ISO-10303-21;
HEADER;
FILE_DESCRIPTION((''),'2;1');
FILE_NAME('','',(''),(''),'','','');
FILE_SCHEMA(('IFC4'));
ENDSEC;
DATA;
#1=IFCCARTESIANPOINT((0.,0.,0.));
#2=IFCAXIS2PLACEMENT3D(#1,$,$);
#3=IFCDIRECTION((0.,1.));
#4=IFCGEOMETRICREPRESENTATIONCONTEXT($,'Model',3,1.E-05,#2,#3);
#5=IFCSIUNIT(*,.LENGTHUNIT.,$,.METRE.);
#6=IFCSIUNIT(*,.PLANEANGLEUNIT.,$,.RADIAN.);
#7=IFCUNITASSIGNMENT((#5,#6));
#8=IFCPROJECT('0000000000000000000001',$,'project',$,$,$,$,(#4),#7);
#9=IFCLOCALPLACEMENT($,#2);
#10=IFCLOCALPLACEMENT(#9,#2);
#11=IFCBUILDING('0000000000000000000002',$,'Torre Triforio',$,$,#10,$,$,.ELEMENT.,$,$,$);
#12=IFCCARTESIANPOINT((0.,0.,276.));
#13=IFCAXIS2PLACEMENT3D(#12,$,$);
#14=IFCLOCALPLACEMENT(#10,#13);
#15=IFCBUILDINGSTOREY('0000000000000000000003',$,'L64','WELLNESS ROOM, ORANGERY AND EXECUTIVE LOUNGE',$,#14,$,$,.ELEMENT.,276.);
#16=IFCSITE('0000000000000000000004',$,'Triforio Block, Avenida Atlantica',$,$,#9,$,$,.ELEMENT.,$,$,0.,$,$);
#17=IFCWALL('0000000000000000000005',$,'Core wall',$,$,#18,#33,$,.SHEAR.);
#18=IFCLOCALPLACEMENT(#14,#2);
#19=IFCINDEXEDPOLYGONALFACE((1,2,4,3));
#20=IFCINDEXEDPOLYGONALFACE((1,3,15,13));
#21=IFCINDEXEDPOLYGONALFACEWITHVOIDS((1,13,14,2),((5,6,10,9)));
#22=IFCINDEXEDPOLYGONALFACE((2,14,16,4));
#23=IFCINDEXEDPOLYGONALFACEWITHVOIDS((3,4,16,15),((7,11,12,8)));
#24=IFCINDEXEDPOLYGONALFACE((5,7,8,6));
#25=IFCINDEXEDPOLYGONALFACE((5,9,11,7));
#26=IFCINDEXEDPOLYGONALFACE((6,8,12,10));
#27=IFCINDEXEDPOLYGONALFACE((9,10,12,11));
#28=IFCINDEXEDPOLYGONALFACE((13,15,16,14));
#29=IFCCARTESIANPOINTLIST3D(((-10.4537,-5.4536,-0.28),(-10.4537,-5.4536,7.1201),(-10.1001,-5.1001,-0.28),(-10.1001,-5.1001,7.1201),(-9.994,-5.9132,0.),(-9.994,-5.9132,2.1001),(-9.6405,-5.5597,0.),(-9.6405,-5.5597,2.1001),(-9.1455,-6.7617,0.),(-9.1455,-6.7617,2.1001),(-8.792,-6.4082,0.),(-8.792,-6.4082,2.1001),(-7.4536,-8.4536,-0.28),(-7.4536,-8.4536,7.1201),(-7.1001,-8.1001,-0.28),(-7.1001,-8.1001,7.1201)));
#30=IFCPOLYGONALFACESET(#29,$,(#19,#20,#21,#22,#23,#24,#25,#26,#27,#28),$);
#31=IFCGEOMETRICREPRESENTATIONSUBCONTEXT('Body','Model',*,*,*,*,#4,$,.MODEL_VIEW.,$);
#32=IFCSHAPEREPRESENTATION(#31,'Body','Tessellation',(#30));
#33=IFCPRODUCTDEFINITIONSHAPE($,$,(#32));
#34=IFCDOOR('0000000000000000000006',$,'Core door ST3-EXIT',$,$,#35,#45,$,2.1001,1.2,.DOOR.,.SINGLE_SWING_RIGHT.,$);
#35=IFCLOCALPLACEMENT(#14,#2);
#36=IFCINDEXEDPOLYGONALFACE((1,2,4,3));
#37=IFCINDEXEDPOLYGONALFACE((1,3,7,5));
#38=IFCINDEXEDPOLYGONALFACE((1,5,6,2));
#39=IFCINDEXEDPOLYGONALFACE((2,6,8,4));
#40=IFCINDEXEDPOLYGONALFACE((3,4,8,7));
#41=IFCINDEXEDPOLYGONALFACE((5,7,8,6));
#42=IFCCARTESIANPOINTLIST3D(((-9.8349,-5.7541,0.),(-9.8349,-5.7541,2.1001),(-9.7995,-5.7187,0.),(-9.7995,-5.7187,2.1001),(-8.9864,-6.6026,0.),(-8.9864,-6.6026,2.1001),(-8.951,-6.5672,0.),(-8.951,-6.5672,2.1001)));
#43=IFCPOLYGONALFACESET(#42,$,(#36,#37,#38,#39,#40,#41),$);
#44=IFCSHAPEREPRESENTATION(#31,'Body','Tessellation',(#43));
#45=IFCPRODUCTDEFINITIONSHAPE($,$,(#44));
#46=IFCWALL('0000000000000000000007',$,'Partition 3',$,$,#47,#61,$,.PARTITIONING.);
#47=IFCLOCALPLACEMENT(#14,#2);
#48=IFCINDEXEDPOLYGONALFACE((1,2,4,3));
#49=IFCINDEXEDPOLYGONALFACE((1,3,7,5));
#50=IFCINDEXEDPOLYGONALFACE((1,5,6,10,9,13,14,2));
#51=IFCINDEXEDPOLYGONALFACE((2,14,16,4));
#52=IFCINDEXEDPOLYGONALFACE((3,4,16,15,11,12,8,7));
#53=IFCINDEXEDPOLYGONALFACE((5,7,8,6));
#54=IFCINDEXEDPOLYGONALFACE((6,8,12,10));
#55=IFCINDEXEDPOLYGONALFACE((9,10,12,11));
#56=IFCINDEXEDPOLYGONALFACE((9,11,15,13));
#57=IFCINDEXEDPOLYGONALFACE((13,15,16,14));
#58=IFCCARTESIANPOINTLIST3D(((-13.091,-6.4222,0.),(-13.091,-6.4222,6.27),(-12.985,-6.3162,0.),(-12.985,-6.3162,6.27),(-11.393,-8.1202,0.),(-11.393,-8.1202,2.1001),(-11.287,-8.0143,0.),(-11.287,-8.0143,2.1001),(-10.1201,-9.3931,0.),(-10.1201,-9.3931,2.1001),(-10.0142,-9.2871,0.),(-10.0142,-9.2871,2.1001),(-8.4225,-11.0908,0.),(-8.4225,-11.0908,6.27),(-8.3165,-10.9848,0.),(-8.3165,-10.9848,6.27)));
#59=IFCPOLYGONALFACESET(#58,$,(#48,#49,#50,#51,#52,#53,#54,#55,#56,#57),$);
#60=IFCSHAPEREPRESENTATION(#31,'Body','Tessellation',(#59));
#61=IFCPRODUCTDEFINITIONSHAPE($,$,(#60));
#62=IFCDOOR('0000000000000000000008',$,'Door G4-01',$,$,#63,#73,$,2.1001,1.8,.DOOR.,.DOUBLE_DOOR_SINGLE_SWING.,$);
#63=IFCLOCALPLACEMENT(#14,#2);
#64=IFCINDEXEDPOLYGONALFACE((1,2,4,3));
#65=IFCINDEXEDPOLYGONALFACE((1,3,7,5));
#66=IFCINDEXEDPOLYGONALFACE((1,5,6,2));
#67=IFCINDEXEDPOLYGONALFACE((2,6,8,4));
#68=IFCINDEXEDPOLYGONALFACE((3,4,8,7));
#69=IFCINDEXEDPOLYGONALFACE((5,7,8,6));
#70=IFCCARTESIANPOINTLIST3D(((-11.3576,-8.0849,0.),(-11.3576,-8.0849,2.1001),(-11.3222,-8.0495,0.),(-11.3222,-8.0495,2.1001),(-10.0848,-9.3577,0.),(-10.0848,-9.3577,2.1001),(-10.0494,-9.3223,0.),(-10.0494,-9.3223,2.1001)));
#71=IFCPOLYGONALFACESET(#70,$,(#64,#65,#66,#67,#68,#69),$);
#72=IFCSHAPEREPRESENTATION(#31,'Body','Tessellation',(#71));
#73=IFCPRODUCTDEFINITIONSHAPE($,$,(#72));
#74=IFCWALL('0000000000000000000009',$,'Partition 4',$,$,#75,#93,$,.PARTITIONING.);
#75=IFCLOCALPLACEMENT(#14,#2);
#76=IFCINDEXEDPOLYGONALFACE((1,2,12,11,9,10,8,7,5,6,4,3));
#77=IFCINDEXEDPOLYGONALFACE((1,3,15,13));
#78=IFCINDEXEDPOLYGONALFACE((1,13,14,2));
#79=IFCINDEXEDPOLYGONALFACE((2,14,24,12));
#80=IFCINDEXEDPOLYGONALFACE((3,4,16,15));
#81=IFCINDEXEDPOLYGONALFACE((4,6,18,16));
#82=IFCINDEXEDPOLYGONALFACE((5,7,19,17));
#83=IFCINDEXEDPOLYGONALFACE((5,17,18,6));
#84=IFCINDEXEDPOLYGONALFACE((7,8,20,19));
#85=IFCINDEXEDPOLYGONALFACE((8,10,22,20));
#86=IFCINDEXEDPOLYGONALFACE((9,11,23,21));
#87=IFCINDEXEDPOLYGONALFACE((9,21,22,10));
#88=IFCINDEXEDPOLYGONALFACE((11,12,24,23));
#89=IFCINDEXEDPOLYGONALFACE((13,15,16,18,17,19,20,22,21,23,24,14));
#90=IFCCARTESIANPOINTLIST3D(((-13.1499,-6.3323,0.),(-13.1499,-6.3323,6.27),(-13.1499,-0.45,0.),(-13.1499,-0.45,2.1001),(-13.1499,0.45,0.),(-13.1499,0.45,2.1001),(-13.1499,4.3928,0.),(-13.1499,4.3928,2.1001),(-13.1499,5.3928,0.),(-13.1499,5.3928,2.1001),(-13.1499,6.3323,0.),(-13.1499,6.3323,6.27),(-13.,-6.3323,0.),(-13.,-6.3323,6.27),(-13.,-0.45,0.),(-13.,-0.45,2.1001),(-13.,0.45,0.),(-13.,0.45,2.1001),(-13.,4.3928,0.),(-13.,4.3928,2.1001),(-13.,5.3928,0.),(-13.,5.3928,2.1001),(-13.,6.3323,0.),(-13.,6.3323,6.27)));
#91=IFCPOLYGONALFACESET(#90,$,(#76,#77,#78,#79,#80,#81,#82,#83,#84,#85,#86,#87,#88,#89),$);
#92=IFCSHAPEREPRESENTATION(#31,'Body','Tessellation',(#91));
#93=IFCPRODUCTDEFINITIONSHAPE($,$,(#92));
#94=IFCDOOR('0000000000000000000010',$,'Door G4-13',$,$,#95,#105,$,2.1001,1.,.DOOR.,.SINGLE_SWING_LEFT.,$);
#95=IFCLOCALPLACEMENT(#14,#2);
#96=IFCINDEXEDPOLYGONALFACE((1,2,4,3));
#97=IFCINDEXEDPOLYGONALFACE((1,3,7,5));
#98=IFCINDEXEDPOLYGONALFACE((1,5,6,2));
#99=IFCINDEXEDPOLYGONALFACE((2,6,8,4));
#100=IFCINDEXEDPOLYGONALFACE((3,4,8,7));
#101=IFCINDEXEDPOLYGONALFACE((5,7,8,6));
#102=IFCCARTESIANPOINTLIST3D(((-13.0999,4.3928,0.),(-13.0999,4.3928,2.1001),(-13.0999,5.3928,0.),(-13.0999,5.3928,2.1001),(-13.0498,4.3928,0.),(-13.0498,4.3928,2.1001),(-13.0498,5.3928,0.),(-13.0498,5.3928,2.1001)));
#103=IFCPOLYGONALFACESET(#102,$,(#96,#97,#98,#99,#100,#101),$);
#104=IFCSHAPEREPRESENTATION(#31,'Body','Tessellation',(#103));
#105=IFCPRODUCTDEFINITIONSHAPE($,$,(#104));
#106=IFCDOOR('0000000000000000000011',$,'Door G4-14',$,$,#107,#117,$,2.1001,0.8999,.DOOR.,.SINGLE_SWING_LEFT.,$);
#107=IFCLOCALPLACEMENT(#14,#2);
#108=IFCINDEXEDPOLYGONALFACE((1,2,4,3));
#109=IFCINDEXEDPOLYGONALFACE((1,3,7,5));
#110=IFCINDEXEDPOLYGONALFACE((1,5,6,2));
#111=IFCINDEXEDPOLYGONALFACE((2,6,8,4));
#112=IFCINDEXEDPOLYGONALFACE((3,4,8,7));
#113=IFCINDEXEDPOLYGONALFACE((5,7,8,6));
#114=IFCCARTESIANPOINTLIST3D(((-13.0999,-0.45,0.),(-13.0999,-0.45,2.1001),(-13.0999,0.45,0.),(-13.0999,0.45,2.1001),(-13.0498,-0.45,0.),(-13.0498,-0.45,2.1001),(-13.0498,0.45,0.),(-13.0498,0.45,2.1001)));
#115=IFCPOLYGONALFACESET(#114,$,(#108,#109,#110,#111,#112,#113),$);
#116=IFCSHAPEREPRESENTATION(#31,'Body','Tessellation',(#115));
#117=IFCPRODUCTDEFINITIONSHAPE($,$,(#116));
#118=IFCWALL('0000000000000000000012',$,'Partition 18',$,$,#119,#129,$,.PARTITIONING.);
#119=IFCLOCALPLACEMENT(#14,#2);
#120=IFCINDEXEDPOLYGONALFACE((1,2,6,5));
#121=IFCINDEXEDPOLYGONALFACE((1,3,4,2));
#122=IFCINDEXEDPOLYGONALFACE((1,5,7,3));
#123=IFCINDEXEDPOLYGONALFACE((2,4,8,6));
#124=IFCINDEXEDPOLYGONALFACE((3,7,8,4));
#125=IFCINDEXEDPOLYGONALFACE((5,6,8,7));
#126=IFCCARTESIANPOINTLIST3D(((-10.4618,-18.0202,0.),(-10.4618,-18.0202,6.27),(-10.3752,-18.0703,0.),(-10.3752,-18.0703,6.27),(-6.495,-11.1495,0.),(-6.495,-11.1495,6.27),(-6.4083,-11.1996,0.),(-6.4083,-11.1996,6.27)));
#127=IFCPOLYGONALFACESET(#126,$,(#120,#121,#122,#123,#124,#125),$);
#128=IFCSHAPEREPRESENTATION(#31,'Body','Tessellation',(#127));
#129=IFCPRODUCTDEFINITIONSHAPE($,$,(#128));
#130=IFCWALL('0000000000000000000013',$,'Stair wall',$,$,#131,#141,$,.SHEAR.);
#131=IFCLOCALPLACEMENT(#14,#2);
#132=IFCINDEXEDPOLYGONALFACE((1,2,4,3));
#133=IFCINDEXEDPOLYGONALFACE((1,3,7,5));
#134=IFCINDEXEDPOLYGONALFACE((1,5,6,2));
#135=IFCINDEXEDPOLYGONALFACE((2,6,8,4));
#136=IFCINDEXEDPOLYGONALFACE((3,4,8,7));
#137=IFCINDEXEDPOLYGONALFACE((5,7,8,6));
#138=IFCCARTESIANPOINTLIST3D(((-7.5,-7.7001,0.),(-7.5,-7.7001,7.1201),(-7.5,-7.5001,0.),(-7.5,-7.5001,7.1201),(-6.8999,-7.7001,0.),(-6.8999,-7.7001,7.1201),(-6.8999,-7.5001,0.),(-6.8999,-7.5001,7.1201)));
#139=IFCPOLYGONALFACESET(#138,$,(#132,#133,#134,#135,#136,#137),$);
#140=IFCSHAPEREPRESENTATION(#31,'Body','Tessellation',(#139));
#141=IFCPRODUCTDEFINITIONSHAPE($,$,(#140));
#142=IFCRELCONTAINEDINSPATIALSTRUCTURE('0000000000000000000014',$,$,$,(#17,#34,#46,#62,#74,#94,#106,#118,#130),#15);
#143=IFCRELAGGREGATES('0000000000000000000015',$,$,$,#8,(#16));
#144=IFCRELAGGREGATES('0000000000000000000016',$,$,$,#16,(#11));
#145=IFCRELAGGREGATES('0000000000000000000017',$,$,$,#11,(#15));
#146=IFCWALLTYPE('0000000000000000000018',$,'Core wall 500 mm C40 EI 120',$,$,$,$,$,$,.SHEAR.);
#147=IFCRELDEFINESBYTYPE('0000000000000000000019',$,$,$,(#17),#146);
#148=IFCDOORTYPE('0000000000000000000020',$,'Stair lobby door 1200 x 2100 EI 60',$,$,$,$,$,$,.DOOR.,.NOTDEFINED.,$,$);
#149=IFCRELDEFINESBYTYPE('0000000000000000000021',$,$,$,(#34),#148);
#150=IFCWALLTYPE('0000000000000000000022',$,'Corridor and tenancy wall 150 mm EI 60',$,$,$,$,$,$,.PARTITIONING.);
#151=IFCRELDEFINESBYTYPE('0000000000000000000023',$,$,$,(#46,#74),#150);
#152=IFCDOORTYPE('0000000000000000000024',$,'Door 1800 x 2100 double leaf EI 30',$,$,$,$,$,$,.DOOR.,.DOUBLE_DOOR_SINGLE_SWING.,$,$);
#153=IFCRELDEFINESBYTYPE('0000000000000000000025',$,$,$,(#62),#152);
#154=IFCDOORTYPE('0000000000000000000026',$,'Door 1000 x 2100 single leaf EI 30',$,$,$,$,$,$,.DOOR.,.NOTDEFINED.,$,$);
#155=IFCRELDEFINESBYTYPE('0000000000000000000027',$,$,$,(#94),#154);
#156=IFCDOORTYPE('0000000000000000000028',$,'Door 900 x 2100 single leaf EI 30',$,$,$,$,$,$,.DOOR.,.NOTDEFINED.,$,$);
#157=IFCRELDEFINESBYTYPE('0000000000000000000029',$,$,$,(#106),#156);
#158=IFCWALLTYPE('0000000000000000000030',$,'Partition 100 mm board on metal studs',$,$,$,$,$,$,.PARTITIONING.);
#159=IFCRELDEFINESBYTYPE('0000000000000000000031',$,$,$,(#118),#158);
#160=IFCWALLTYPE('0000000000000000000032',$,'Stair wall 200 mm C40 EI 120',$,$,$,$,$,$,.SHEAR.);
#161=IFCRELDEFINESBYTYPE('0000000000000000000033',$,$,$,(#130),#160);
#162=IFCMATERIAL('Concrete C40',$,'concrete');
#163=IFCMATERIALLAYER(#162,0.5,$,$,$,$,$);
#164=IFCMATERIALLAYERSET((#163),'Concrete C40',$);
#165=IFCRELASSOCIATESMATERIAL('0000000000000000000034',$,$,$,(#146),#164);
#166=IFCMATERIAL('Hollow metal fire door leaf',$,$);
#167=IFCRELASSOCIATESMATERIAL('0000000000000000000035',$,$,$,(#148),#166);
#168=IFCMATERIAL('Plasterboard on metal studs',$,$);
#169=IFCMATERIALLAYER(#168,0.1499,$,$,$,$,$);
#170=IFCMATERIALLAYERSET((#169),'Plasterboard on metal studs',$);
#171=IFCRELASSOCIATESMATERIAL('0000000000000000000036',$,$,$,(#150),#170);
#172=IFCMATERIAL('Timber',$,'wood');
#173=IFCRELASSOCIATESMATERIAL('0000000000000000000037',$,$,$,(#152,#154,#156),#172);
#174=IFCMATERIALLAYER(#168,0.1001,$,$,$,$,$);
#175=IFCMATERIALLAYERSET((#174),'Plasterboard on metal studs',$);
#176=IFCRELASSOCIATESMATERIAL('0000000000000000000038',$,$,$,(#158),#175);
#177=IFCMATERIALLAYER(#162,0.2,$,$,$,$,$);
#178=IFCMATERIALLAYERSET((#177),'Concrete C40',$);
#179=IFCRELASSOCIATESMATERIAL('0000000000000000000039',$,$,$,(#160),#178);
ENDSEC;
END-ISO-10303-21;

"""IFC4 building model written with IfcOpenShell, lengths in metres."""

from ifc_helpers import new_model, si_unit, direction, frame, frame_2d, origin, place, context, subcontext, project, spatial, rectangle, extrude, material, layer, layer_set, type_object, element, fill, save


model = new_model("IFC4")

# Units and contexts
model_context = context("Model", 3, precision=1e-05, world=origin(), true_north=direction((0.0, 1.0)))
body_context = subcontext(model_context, "Body", "Model", "MODEL_VIEW")
ifc_project = project(units=[si_unit("LENGTHUNIT", "METRE"), si_unit("PLANEANGLEUNIT", "RADIAN")], contexts=[model_context])

# Site, building, storey
site_placement = place(None, origin())
site = spatial("IfcSite", under=ifc_project, at=site_placement, Name="Triforio Block, Avenida Atlantica", CompositionType="ELEMENT", RefElevation=0.0)
building_placement = place(site_placement, origin())
building = spatial("IfcBuilding", under=site, at=building_placement, Name="Torre Triforio", CompositionType="ELEMENT")
storey_placement = place(building_placement, frame((0.0, 0.0, 276.0)))
storey = spatial("IfcBuildingStorey", under=building, at=storey_placement, Name="L64", Description="WELLNESS ROOM, ORANGERY AND EXECUTIVE LOUNGE", CompositionType="ELEMENT", Elevation=276.0)

# Shared definitions
ifc_material_1 = material(Name="Concrete C40", Category="concrete")

# Shared definitions
ifc_layer_1 = layer(ifc_material_1, 0.5)
ifc_layer_set_1 = layer_set([ifc_layer_1], Name="Concrete C40")
wall_type_1 = type_object("IfcWallType", Name="Core wall 500 mm C40 EI 120", PredefinedType="SHEAR", material=ifc_layer_set_1)
ifc_material_2 = material(Name="Hollow metal fire door leaf")

# Walls, openings, doors
wall_1_placement = place(storey_placement, frame((-7.2769, -8.2769, -0.28), z_axis=(0.0, 0.0, 1.0), x_axis=(-0.707107, 0.707107, 0.0)))
wall_1 = element("IfcWall", 1, at=wall_1_placement, inside=storey, type_object=wall_type_1, Name="Core wall", PredefinedType="SHEAR", context=body_context, shape_type="SweptSolid", body=[
    extrude(rectangle(XDim=4.2427, YDim=0.5, at=frame_2d((2.1213, 0.0))), origin(), (0.0, 0.0, 1.0), 7.4001),
])
opening_1_placement = place(wall_1_placement, frame((2.3926, 0.0, 0.28)))
opening_1 = element("IfcOpeningElement", 2, at=opening_1_placement, cuts=wall_1, PredefinedType="OPENING", context=body_context, shape_type="SweptSolid", body=[
    extrude(rectangle(XDim=1.2, YDim=2.1001, at=frame_2d((0.6001, 1.05))), frame((0.0, 0.26, 0.0), z_axis=(0.0, -1.0, 0.0), x_axis=(1.0, 0.0, 0.0)), (0.0, 0.0, 1.0), 0.52),
])
door_type_1 = type_object("IfcDoorType", Name="Stair lobby door 1200 x 2100 EI 60", OperationType="NOTDEFINED", PredefinedType="DOOR", material=ifc_material_2)
door_1_placement = place(opening_1_placement, origin())
door_1 = element("IfcDoor", 3, at=door_1_placement, inside=storey, type_object=door_type_1, Name="Core door ST3-EXIT", OperationType="SINGLE_SWING_RIGHT", OverallHeight=2.1001, OverallWidth=1.2, PredefinedType="DOOR", context=body_context, shape_type="SweptSolid", body=[
    extrude(rectangle(XDim=1.2, YDim=2.1001, at=frame_2d((0.6001, 1.05))), frame((0.0, 0.0249, 0.0), z_axis=(0.0, -1.0, 0.0), x_axis=(1.0, 0.0, 0.0)), (0.0, 0.0, 1.0), 0.05),
])
fill(opening_1, door_1)
ifc_material_3 = material(Name="Plasterboard on metal studs")
ifc_layer_2 = layer(ifc_material_3, 0.1499)
ifc_layer_set_2 = layer_set([ifc_layer_2], Name="Plasterboard on metal studs")
wall_type_2 = type_object("IfcWallType", Name="Corridor and tenancy wall 150 mm EI 60", PredefinedType="PARTITIONING", material=ifc_layer_set_2)
wall_2_placement = place(storey_placement, frame((-8.3694, -11.0378, 0.0), z_axis=(0.0, 0.0, 1.0), x_axis=(-0.707107, 0.707107, 0.0)))
wall_2 = element("IfcWall", 4, at=wall_2_placement, inside=storey, type_object=wall_type_2, Name="Partition 3", PredefinedType="PARTITIONING", context=body_context, shape_type="SweptSolid", body=[
    extrude(rectangle(XDim=6.6023, YDim=0.1499, at=frame_2d((3.3013, 0.0))), origin(), (0.0, 0.0, 1.0), 6.27),
])
opening_2_placement = place(wall_2_placement, frame((2.4011, 0.0, 0.0)))
opening_2 = element("IfcOpeningElement", 5, at=opening_2_placement, cuts=wall_2, PredefinedType="OPENING", context=body_context, shape_type="SweptSolid", body=[
    extrude(rectangle(XDim=1.8, YDim=2.1001, at=frame_2d((0.8999, 1.05))), frame((0.0, 0.085, 0.0), z_axis=(0.0, -1.0, 0.0), x_axis=(1.0, 0.0, 0.0)), (0.0, 0.0, 1.0), 0.1699),
])
ifc_material_4 = material(Name="Timber", Category="wood")
door_type_2 = type_object("IfcDoorType", Name="Door 1800 x 2100 double leaf EI 30", OperationType="DOUBLE_DOOR_SINGLE_SWING", PredefinedType="DOOR", material=ifc_material_4)
door_2_placement = place(opening_2_placement, origin())
door_2 = element("IfcDoor", 6, at=door_2_placement, inside=storey, type_object=door_type_2, Name="Door G4-01", OperationType="DOUBLE_DOOR_SINGLE_SWING", OverallHeight=2.1001, OverallWidth=1.8, PredefinedType="DOOR", context=body_context, shape_type="SweptSolid", body=[
    extrude(rectangle(XDim=1.8, YDim=2.1001, at=frame_2d((0.8999, 1.05))), frame((0.0, 0.0249, 0.0), z_axis=(0.0, -1.0, 0.0), x_axis=(1.0, 0.0, 0.0)), (0.0, 0.0, 1.0), 0.05),
])
fill(opening_2, door_2)

# Wall, openings, doors
wall_3_placement = place(storey_placement, frame((-13.075, -6.3323, 0.0), z_axis=(0.0, 0.0, 1.0), x_axis=(0.0, 1.0, 0.0)))
wall_3 = element("IfcWall", 7, at=wall_3_placement, inside=storey, type_object=wall_type_2, Name="Partition 4", PredefinedType="PARTITIONING", context=body_context, shape_type="SweptSolid", body=[
    extrude(rectangle(XDim=12.6646, YDim=0.1499, at=frame_2d((6.3323, 0.0))), origin(), (0.0, 0.0, 1.0), 6.27),
])
opening_3_placement = place(wall_3_placement, frame((10.7251, 0.0, 0.0)))
opening_3 = element("IfcOpeningElement", 8, at=opening_3_placement, cuts=wall_3, PredefinedType="OPENING", context=body_context, shape_type="SweptSolid", body=[
    extrude(rectangle(XDim=1.0, YDim=2.1001, at=frame_2d((0.5, 1.05))), frame((0.0, 0.085, 0.0), z_axis=(0.0, -1.0, 0.0), x_axis=(1.0, 0.0, 0.0)), (0.0, 0.0, 1.0), 0.1699),
])
opening_4_placement = place(wall_3_placement, frame((5.8823, 0.0, 0.0)))
opening_4 = element("IfcOpeningElement", 9, at=opening_4_placement, cuts=wall_3, PredefinedType="OPENING", context=body_context, shape_type="SweptSolid", body=[
    extrude(rectangle(XDim=0.8999, YDim=2.1001, at=frame_2d((0.45, 1.05))), frame((0.0, 0.085, 0.0), z_axis=(0.0, -1.0, 0.0), x_axis=(1.0, 0.0, 0.0)), (0.0, 0.0, 1.0), 0.1699),
])
door_type_3 = type_object("IfcDoorType", Name="Door 1000 x 2100 single leaf EI 30", OperationType="NOTDEFINED", PredefinedType="DOOR", material=ifc_material_4)
door_3_placement = place(opening_3_placement, origin())
door_3 = element("IfcDoor", 10, at=door_3_placement, inside=storey, type_object=door_type_3, Name="Door G4-13", OperationType="SINGLE_SWING_LEFT", OverallHeight=2.1001, OverallWidth=1.0, PredefinedType="DOOR", context=body_context, shape_type="SweptSolid", body=[
    extrude(rectangle(XDim=1.0, YDim=2.1001, at=frame_2d((0.5, 1.05))), frame((0.0, 0.0249, 0.0), z_axis=(0.0, -1.0, 0.0), x_axis=(1.0, 0.0, 0.0)), (0.0, 0.0, 1.0), 0.05),
])
fill(opening_3, door_3)
door_type_4 = type_object("IfcDoorType", Name="Door 900 x 2100 single leaf EI 30", OperationType="NOTDEFINED", PredefinedType="DOOR", material=ifc_material_4)
door_4_placement = place(opening_4_placement, origin())
door_4 = element("IfcDoor", 11, at=door_4_placement, inside=storey, type_object=door_type_4, Name="Door G4-14", OperationType="SINGLE_SWING_LEFT", OverallHeight=2.1001, OverallWidth=0.8999, PredefinedType="DOOR", context=body_context, shape_type="SweptSolid", body=[
    extrude(rectangle(XDim=0.8999, YDim=2.1001, at=frame_2d((0.45, 1.05))), frame((0.0, 0.0249, 0.0), z_axis=(0.0, -1.0, 0.0), x_axis=(1.0, 0.0, 0.0)), (0.0, 0.0, 1.0), 0.05),
])
fill(opening_4, door_4)

# Walls
ifc_layer_3 = layer(ifc_material_3, 0.1001)
ifc_layer_set_3 = layer_set([ifc_layer_3], Name="Plasterboard on metal studs")
wall_type_3 = type_object("IfcWallType", Name="Partition 100 mm board on metal studs", PredefinedType="PARTITIONING", material=ifc_layer_set_3)
wall_4_placement = place(storey_placement, frame((-6.4517, -11.1746, 0.0), z_axis=(0.0, 0.0, 1.0), x_axis=(-0.500005, -0.866023, 0.0)))
element("IfcWall", 12, at=wall_4_placement, inside=storey, type_object=wall_type_3, Name="Partition 18", PredefinedType="PARTITIONING", context=body_context, shape_type="SweptSolid", body=[
    extrude(rectangle(XDim=7.9336, YDim=0.1001, at=frame_2d((3.9668, 0.0))), origin(), (0.0, 0.0, 1.0), 6.27),
])
ifc_layer_4 = layer(ifc_material_1, 0.2)
ifc_layer_set_4 = layer_set([ifc_layer_4], Name="Concrete C40")
wall_type_4 = type_object("IfcWallType", Name="Stair wall 200 mm C40 EI 120", PredefinedType="SHEAR", material=ifc_layer_set_4)
wall_5_placement = place(storey_placement, frame((-7.5, -7.6001, 0.0), z_axis=(0.0, 0.0, 1.0), x_axis=(1.0, 0.0, 0.0)))
element("IfcWall", 13, at=wall_5_placement, inside=storey, type_object=wall_type_4, Name="Stair wall", PredefinedType="SHEAR", context=body_context, shape_type="SweptSolid", body=[
    extrude(rectangle(XDim=0.6001, YDim=0.2, at=frame_2d((0.3, 0.0))), origin(), (0.0, 0.0, 1.0), 7.1201),
])

save(model, "model.ifc")
